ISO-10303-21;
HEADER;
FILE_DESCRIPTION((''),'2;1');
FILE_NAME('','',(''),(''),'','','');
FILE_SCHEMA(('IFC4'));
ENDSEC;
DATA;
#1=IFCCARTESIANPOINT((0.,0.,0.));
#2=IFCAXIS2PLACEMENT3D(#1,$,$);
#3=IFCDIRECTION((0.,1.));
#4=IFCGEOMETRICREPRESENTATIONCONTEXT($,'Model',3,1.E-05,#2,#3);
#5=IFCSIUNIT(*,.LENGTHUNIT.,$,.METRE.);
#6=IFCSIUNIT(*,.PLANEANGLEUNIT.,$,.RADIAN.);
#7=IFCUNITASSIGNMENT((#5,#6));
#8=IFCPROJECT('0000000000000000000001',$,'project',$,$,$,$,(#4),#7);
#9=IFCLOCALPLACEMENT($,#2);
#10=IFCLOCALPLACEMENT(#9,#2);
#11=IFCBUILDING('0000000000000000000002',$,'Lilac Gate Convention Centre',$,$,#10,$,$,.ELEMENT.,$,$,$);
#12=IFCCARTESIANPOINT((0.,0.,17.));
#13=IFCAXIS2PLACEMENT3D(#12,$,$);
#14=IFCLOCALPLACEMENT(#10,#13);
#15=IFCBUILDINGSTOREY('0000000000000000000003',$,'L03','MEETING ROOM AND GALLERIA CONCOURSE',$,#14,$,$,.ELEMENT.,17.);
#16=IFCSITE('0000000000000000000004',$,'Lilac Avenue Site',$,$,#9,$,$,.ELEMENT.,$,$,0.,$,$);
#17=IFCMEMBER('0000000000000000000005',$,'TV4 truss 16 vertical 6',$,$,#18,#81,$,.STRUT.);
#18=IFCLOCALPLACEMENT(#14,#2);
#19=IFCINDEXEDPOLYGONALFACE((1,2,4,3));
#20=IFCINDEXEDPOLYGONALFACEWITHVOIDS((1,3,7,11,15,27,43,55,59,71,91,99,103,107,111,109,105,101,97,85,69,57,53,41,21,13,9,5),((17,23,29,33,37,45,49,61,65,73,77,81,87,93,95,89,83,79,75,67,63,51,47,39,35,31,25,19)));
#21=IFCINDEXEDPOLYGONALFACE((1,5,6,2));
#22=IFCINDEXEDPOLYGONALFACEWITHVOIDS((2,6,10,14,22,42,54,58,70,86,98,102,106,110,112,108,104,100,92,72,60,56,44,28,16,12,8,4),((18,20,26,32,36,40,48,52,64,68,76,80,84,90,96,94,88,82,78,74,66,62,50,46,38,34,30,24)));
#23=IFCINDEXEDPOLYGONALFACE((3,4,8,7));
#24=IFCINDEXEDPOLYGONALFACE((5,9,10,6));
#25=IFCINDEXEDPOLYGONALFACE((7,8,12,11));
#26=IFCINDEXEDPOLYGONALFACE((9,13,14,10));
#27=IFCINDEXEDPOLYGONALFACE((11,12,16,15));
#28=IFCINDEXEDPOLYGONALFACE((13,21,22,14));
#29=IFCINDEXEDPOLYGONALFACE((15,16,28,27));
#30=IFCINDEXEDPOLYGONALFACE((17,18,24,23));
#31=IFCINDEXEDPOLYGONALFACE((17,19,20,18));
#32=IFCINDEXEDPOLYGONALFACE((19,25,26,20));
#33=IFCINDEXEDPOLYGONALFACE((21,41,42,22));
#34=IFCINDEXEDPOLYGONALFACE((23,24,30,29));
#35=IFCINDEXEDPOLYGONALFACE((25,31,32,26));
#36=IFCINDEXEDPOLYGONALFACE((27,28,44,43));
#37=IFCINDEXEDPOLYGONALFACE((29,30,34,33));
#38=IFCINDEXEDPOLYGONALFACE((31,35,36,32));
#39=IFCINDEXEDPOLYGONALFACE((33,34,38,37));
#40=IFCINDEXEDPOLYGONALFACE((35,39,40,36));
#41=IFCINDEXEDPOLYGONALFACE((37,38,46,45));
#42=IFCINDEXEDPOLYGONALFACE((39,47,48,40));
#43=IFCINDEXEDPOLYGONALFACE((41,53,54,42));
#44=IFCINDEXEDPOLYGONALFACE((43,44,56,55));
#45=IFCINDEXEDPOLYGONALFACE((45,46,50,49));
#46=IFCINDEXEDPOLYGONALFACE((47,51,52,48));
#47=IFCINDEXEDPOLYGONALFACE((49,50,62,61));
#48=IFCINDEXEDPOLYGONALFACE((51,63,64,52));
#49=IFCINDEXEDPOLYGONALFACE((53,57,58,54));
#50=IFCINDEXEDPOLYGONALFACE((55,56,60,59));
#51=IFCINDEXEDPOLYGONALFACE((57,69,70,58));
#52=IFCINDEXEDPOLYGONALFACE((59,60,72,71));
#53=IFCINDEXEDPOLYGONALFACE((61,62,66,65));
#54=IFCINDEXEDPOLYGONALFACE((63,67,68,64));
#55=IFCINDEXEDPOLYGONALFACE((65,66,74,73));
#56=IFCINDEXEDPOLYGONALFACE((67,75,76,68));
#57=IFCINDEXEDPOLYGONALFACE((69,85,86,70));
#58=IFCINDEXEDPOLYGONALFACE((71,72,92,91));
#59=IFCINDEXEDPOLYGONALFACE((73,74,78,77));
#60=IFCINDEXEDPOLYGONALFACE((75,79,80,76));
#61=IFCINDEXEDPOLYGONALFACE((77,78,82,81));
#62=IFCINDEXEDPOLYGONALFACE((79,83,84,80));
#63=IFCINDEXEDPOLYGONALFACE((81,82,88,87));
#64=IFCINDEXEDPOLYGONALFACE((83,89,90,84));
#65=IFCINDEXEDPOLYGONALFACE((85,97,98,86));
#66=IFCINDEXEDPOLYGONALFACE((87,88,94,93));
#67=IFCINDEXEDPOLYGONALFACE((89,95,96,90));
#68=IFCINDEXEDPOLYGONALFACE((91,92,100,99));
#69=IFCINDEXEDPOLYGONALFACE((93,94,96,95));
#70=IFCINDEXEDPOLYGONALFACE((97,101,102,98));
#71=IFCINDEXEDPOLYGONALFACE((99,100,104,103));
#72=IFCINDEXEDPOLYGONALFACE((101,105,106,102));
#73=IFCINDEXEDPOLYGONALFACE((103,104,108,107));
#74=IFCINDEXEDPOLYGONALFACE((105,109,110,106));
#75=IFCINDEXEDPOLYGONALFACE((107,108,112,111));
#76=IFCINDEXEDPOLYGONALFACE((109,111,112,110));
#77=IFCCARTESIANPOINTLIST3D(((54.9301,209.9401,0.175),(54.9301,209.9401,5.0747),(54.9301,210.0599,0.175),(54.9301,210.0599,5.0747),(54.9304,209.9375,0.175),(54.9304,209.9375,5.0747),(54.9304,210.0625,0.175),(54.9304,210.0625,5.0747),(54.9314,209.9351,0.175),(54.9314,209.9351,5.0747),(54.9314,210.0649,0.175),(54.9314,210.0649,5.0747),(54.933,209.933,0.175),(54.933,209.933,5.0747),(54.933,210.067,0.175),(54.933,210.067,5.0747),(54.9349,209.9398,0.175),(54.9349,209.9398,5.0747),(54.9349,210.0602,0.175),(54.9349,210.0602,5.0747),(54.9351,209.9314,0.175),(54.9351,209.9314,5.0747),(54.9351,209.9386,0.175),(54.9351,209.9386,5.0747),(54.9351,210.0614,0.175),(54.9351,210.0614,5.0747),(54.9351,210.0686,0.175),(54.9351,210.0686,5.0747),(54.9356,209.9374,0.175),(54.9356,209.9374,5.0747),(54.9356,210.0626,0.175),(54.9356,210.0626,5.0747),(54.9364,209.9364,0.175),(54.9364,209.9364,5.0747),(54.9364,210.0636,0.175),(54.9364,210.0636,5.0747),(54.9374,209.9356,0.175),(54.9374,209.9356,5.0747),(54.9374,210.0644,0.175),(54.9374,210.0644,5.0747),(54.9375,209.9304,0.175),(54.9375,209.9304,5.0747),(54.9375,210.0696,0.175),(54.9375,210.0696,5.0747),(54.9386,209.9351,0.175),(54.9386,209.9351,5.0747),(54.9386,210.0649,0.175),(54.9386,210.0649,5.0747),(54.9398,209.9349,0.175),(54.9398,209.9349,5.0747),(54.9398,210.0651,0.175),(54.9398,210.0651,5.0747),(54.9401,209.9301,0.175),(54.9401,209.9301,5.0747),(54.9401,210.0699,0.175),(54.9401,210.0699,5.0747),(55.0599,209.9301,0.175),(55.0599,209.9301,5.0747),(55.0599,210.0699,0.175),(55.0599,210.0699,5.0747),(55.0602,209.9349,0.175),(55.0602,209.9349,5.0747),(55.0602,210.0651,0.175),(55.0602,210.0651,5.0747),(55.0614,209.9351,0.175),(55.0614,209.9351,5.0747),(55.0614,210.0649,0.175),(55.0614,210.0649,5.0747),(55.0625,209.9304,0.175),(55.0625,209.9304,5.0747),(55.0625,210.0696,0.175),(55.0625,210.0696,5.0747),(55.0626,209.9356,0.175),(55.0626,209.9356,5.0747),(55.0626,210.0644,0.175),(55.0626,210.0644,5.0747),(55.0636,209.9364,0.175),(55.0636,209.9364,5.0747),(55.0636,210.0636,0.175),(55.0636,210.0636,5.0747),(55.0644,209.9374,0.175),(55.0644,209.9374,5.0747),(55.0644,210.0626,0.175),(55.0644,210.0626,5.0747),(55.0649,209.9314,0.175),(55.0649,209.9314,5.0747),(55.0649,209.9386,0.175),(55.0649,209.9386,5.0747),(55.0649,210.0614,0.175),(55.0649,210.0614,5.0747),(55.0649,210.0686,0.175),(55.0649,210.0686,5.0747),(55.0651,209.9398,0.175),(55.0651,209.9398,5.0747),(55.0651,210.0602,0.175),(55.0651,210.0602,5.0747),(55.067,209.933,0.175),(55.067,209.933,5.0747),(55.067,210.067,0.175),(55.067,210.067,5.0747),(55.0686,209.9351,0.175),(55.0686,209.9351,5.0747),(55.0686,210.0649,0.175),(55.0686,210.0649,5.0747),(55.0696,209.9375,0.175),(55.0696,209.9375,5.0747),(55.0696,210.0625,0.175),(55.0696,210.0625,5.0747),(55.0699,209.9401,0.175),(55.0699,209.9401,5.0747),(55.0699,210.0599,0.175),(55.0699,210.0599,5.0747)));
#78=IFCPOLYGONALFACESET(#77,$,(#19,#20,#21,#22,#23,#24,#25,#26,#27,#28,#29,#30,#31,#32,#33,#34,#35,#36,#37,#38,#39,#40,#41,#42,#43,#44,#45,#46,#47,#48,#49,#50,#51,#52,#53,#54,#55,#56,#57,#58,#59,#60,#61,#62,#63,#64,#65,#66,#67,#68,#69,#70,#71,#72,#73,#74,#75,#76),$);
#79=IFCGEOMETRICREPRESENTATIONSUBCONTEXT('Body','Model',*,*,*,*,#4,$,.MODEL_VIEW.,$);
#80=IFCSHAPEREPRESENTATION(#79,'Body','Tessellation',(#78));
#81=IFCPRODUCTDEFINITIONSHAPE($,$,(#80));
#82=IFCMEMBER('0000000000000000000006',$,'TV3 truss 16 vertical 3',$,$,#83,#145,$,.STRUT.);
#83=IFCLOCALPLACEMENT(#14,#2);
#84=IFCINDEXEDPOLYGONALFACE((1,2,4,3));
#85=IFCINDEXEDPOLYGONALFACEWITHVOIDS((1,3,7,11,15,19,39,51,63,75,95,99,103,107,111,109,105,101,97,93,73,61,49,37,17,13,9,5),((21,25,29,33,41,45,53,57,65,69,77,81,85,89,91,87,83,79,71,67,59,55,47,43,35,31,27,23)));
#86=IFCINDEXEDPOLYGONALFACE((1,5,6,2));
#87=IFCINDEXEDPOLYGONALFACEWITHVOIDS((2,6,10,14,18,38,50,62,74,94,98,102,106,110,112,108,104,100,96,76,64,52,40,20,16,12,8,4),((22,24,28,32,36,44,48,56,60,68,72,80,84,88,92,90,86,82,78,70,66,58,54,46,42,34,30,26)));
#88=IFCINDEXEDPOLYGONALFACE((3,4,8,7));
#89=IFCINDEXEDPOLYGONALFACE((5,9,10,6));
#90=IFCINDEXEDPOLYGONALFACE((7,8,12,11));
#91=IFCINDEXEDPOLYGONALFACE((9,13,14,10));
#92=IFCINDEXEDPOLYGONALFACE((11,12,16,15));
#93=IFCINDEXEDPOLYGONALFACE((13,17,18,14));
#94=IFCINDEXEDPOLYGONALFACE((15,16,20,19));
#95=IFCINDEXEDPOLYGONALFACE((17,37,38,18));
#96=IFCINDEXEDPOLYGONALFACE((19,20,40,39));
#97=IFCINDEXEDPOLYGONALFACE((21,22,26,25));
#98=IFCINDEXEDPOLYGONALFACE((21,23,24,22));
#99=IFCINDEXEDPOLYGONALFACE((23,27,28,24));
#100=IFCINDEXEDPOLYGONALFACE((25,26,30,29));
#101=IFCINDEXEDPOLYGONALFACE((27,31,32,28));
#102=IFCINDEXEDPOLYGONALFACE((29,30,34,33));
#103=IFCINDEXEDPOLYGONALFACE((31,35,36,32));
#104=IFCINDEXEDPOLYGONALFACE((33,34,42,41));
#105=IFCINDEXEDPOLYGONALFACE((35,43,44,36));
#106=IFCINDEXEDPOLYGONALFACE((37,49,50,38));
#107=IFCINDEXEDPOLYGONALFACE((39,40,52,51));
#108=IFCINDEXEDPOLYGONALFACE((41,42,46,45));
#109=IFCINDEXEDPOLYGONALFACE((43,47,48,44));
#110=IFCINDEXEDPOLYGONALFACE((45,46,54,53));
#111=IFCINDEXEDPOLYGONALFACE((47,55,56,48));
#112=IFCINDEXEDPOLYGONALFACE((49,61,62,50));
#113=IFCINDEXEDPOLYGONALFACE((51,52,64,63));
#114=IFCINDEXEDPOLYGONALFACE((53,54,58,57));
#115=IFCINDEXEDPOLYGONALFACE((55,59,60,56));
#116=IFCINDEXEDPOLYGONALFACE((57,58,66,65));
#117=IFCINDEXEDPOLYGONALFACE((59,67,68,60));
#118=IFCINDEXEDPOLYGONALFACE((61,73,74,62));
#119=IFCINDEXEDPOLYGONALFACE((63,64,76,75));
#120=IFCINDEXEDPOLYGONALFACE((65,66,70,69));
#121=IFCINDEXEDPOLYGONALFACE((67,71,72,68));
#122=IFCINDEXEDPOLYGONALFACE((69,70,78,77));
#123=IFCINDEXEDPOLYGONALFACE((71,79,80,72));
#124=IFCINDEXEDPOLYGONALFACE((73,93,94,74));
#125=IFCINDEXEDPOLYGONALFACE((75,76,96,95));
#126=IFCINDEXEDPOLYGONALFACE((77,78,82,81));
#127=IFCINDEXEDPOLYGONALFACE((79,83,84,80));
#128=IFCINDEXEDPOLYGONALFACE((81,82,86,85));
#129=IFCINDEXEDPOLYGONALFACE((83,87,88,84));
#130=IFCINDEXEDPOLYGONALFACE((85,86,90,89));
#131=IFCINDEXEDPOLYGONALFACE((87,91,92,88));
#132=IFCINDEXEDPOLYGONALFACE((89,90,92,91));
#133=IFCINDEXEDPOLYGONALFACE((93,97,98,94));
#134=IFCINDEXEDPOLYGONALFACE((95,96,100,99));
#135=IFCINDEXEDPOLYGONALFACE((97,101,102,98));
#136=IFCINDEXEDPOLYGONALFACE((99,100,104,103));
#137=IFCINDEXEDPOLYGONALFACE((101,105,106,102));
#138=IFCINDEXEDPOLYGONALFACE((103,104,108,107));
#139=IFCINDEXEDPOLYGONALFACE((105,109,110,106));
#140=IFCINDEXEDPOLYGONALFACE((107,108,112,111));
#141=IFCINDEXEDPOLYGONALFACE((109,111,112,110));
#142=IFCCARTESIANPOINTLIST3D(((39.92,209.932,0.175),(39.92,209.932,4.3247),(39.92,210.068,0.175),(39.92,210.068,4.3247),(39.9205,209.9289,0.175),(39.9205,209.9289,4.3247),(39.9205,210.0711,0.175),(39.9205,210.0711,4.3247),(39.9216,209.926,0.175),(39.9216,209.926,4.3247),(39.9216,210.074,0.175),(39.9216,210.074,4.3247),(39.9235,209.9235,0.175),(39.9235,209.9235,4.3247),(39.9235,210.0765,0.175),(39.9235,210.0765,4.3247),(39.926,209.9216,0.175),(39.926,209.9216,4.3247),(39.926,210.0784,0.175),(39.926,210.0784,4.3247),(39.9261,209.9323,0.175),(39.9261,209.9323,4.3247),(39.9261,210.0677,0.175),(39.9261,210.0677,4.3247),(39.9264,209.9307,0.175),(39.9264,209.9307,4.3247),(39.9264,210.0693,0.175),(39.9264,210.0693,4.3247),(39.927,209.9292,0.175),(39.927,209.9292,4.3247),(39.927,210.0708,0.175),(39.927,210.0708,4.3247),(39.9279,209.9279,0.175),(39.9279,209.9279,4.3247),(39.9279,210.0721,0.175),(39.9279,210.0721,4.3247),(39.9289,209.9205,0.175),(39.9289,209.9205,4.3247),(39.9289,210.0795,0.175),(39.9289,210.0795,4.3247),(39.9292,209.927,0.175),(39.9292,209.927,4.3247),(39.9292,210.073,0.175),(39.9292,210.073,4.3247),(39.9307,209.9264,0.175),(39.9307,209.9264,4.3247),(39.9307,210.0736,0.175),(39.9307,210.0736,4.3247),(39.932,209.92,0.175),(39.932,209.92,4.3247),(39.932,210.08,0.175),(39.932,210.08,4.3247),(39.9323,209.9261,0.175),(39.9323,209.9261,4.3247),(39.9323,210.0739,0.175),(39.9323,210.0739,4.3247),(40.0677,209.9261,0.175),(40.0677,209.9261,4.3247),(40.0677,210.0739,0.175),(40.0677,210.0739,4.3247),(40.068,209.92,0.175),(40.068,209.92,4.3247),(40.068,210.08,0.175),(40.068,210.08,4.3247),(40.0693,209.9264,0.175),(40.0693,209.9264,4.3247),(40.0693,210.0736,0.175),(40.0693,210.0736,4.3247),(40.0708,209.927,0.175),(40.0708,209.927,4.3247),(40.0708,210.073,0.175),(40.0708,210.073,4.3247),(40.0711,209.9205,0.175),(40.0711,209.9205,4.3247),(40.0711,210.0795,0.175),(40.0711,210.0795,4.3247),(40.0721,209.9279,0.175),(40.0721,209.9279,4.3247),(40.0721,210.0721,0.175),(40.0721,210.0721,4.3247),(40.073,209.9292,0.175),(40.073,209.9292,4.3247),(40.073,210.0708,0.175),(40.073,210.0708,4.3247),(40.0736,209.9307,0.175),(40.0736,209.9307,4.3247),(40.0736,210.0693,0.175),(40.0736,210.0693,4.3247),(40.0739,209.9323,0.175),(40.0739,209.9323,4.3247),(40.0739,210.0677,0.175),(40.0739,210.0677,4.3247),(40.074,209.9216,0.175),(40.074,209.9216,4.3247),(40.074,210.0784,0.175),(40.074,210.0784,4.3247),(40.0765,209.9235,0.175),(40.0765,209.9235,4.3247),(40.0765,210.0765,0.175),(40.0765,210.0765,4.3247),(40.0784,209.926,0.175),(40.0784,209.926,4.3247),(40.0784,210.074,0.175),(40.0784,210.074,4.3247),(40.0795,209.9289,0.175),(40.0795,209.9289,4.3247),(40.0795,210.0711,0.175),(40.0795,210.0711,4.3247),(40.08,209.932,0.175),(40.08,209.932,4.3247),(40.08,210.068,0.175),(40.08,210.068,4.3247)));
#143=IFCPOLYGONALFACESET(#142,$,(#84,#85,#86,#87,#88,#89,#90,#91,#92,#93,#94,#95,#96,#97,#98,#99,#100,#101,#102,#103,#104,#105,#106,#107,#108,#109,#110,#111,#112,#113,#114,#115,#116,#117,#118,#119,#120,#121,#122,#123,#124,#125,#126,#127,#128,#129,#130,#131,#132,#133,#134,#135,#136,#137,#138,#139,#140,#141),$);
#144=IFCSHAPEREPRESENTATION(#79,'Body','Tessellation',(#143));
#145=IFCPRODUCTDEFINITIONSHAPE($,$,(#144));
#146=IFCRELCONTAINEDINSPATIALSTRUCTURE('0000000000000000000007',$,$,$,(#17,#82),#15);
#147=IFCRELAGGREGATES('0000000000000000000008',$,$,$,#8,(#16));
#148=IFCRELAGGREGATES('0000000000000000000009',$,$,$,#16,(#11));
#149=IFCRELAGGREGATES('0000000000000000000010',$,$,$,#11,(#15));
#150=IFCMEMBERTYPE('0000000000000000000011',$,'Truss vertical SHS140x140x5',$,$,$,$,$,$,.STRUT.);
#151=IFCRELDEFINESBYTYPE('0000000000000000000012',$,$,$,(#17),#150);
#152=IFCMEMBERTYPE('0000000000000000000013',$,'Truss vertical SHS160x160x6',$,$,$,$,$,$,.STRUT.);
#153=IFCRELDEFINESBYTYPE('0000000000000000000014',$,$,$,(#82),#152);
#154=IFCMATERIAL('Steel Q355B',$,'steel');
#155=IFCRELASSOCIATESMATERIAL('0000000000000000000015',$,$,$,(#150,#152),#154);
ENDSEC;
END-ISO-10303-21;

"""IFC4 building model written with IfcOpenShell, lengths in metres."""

from ifc_helpers import new_model, si_unit, direction, frame, origin, origin_2d, place, context, subcontext, project, spatial, hollow_rectangle, extrude, material, material_profile, profile_set, type_object, element, save


model = new_model("IFC4")

# Units and contexts
model_context = context("Model", 3, precision=1e-05, world=origin(), true_north=direction((0.0, 1.0)))
body_context = subcontext(model_context, "Body", "Model", "MODEL_VIEW")
ifc_project = project(units=[si_unit("LENGTHUNIT", "METRE"), si_unit("PLANEANGLEUNIT", "RADIAN")], contexts=[model_context])

# Site, building, storey
site_placement = place(None, origin())
site = spatial("IfcSite", under=ifc_project, at=site_placement, Name="Lilac Avenue Site", CompositionType="ELEMENT", RefElevation=0.0)
building_placement = place(site_placement, origin())
building = spatial("IfcBuilding", under=site, at=building_placement, Name="Lilac Gate Convention Centre", CompositionType="ELEMENT")
storey_placement = place(building_placement, frame((0.0, 0.0, 17.0)))
storey = spatial("IfcBuildingStorey", under=building, at=storey_placement, Name="L03", Description="MEETING ROOM AND GALLERIA CONCOURSE", CompositionType="ELEMENT", Elevation=17.0)

# Members
ifc_material = material(Name="Steel Q355B", Category="steel")
ifc_material_profile_1 = material_profile(ifc_material, hollow_rectangle(XDim=0.1399, YDim=0.1399, WallThickness=0.0049, InnerFilletRadius=0.0049, OuterFilletRadius=0.01, at=origin_2d()), Name="SHS140x140x5")
ifc_profile_set_1 = profile_set([ifc_material_profile_1], Name="Steel Q355B")
member_type_1 = type_object("IfcMemberType", Name="Truss vertical SHS140x140x5", PredefinedType="STRUT", material=ifc_profile_set_1)
member_1_placement = place(storey_placement, frame((55.0, 210.0, 0.175), z_axis=(0.0, 0.0, 1.0), x_axis=(1.0, 0.0, 0.0)))
element("IfcMember", 1, at=member_1_placement, inside=storey, type_object=member_type_1, Name="TV4 truss 16 vertical 6", PredefinedType="STRUT", context=body_context, shape_type="SweptSolid", body=[
    extrude(hollow_rectangle(XDim=0.1399, YDim=0.1399, WallThickness=0.0049, InnerFilletRadius=0.0049, OuterFilletRadius=0.01, at=origin_2d()), origin(), (0.0, 0.0, 1.0), 4.8997),
])
ifc_material_profile_2 = material_profile(ifc_material, hollow_rectangle(XDim=0.1599, YDim=0.1599, WallThickness=0.0061, InnerFilletRadius=0.0061, OuterFilletRadius=0.012, at=origin_2d()), Name="SHS160x160x6")
ifc_profile_set_2 = profile_set([ifc_material_profile_2], Name="Steel Q355B")
member_type_2 = type_object("IfcMemberType", Name="Truss vertical SHS160x160x6", PredefinedType="STRUT", material=ifc_profile_set_2)
member_2_placement = place(storey_placement, frame((40.0, 210.0, 0.175), z_axis=(0.0, 0.0, 1.0), x_axis=(1.0, 0.0, 0.0)))
element("IfcMember", 2, at=member_2_placement, inside=storey, type_object=member_type_2, Name="TV3 truss 16 vertical 3", PredefinedType="STRUT", context=body_context, shape_type="SweptSolid", body=[
    extrude(hollow_rectangle(XDim=0.1599, YDim=0.1599, WallThickness=0.0061, InnerFilletRadius=0.0061, OuterFilletRadius=0.012, at=origin_2d()), origin(), (0.0, 0.0, 1.0), 4.1497),
])

save(model, "model.ifc")
